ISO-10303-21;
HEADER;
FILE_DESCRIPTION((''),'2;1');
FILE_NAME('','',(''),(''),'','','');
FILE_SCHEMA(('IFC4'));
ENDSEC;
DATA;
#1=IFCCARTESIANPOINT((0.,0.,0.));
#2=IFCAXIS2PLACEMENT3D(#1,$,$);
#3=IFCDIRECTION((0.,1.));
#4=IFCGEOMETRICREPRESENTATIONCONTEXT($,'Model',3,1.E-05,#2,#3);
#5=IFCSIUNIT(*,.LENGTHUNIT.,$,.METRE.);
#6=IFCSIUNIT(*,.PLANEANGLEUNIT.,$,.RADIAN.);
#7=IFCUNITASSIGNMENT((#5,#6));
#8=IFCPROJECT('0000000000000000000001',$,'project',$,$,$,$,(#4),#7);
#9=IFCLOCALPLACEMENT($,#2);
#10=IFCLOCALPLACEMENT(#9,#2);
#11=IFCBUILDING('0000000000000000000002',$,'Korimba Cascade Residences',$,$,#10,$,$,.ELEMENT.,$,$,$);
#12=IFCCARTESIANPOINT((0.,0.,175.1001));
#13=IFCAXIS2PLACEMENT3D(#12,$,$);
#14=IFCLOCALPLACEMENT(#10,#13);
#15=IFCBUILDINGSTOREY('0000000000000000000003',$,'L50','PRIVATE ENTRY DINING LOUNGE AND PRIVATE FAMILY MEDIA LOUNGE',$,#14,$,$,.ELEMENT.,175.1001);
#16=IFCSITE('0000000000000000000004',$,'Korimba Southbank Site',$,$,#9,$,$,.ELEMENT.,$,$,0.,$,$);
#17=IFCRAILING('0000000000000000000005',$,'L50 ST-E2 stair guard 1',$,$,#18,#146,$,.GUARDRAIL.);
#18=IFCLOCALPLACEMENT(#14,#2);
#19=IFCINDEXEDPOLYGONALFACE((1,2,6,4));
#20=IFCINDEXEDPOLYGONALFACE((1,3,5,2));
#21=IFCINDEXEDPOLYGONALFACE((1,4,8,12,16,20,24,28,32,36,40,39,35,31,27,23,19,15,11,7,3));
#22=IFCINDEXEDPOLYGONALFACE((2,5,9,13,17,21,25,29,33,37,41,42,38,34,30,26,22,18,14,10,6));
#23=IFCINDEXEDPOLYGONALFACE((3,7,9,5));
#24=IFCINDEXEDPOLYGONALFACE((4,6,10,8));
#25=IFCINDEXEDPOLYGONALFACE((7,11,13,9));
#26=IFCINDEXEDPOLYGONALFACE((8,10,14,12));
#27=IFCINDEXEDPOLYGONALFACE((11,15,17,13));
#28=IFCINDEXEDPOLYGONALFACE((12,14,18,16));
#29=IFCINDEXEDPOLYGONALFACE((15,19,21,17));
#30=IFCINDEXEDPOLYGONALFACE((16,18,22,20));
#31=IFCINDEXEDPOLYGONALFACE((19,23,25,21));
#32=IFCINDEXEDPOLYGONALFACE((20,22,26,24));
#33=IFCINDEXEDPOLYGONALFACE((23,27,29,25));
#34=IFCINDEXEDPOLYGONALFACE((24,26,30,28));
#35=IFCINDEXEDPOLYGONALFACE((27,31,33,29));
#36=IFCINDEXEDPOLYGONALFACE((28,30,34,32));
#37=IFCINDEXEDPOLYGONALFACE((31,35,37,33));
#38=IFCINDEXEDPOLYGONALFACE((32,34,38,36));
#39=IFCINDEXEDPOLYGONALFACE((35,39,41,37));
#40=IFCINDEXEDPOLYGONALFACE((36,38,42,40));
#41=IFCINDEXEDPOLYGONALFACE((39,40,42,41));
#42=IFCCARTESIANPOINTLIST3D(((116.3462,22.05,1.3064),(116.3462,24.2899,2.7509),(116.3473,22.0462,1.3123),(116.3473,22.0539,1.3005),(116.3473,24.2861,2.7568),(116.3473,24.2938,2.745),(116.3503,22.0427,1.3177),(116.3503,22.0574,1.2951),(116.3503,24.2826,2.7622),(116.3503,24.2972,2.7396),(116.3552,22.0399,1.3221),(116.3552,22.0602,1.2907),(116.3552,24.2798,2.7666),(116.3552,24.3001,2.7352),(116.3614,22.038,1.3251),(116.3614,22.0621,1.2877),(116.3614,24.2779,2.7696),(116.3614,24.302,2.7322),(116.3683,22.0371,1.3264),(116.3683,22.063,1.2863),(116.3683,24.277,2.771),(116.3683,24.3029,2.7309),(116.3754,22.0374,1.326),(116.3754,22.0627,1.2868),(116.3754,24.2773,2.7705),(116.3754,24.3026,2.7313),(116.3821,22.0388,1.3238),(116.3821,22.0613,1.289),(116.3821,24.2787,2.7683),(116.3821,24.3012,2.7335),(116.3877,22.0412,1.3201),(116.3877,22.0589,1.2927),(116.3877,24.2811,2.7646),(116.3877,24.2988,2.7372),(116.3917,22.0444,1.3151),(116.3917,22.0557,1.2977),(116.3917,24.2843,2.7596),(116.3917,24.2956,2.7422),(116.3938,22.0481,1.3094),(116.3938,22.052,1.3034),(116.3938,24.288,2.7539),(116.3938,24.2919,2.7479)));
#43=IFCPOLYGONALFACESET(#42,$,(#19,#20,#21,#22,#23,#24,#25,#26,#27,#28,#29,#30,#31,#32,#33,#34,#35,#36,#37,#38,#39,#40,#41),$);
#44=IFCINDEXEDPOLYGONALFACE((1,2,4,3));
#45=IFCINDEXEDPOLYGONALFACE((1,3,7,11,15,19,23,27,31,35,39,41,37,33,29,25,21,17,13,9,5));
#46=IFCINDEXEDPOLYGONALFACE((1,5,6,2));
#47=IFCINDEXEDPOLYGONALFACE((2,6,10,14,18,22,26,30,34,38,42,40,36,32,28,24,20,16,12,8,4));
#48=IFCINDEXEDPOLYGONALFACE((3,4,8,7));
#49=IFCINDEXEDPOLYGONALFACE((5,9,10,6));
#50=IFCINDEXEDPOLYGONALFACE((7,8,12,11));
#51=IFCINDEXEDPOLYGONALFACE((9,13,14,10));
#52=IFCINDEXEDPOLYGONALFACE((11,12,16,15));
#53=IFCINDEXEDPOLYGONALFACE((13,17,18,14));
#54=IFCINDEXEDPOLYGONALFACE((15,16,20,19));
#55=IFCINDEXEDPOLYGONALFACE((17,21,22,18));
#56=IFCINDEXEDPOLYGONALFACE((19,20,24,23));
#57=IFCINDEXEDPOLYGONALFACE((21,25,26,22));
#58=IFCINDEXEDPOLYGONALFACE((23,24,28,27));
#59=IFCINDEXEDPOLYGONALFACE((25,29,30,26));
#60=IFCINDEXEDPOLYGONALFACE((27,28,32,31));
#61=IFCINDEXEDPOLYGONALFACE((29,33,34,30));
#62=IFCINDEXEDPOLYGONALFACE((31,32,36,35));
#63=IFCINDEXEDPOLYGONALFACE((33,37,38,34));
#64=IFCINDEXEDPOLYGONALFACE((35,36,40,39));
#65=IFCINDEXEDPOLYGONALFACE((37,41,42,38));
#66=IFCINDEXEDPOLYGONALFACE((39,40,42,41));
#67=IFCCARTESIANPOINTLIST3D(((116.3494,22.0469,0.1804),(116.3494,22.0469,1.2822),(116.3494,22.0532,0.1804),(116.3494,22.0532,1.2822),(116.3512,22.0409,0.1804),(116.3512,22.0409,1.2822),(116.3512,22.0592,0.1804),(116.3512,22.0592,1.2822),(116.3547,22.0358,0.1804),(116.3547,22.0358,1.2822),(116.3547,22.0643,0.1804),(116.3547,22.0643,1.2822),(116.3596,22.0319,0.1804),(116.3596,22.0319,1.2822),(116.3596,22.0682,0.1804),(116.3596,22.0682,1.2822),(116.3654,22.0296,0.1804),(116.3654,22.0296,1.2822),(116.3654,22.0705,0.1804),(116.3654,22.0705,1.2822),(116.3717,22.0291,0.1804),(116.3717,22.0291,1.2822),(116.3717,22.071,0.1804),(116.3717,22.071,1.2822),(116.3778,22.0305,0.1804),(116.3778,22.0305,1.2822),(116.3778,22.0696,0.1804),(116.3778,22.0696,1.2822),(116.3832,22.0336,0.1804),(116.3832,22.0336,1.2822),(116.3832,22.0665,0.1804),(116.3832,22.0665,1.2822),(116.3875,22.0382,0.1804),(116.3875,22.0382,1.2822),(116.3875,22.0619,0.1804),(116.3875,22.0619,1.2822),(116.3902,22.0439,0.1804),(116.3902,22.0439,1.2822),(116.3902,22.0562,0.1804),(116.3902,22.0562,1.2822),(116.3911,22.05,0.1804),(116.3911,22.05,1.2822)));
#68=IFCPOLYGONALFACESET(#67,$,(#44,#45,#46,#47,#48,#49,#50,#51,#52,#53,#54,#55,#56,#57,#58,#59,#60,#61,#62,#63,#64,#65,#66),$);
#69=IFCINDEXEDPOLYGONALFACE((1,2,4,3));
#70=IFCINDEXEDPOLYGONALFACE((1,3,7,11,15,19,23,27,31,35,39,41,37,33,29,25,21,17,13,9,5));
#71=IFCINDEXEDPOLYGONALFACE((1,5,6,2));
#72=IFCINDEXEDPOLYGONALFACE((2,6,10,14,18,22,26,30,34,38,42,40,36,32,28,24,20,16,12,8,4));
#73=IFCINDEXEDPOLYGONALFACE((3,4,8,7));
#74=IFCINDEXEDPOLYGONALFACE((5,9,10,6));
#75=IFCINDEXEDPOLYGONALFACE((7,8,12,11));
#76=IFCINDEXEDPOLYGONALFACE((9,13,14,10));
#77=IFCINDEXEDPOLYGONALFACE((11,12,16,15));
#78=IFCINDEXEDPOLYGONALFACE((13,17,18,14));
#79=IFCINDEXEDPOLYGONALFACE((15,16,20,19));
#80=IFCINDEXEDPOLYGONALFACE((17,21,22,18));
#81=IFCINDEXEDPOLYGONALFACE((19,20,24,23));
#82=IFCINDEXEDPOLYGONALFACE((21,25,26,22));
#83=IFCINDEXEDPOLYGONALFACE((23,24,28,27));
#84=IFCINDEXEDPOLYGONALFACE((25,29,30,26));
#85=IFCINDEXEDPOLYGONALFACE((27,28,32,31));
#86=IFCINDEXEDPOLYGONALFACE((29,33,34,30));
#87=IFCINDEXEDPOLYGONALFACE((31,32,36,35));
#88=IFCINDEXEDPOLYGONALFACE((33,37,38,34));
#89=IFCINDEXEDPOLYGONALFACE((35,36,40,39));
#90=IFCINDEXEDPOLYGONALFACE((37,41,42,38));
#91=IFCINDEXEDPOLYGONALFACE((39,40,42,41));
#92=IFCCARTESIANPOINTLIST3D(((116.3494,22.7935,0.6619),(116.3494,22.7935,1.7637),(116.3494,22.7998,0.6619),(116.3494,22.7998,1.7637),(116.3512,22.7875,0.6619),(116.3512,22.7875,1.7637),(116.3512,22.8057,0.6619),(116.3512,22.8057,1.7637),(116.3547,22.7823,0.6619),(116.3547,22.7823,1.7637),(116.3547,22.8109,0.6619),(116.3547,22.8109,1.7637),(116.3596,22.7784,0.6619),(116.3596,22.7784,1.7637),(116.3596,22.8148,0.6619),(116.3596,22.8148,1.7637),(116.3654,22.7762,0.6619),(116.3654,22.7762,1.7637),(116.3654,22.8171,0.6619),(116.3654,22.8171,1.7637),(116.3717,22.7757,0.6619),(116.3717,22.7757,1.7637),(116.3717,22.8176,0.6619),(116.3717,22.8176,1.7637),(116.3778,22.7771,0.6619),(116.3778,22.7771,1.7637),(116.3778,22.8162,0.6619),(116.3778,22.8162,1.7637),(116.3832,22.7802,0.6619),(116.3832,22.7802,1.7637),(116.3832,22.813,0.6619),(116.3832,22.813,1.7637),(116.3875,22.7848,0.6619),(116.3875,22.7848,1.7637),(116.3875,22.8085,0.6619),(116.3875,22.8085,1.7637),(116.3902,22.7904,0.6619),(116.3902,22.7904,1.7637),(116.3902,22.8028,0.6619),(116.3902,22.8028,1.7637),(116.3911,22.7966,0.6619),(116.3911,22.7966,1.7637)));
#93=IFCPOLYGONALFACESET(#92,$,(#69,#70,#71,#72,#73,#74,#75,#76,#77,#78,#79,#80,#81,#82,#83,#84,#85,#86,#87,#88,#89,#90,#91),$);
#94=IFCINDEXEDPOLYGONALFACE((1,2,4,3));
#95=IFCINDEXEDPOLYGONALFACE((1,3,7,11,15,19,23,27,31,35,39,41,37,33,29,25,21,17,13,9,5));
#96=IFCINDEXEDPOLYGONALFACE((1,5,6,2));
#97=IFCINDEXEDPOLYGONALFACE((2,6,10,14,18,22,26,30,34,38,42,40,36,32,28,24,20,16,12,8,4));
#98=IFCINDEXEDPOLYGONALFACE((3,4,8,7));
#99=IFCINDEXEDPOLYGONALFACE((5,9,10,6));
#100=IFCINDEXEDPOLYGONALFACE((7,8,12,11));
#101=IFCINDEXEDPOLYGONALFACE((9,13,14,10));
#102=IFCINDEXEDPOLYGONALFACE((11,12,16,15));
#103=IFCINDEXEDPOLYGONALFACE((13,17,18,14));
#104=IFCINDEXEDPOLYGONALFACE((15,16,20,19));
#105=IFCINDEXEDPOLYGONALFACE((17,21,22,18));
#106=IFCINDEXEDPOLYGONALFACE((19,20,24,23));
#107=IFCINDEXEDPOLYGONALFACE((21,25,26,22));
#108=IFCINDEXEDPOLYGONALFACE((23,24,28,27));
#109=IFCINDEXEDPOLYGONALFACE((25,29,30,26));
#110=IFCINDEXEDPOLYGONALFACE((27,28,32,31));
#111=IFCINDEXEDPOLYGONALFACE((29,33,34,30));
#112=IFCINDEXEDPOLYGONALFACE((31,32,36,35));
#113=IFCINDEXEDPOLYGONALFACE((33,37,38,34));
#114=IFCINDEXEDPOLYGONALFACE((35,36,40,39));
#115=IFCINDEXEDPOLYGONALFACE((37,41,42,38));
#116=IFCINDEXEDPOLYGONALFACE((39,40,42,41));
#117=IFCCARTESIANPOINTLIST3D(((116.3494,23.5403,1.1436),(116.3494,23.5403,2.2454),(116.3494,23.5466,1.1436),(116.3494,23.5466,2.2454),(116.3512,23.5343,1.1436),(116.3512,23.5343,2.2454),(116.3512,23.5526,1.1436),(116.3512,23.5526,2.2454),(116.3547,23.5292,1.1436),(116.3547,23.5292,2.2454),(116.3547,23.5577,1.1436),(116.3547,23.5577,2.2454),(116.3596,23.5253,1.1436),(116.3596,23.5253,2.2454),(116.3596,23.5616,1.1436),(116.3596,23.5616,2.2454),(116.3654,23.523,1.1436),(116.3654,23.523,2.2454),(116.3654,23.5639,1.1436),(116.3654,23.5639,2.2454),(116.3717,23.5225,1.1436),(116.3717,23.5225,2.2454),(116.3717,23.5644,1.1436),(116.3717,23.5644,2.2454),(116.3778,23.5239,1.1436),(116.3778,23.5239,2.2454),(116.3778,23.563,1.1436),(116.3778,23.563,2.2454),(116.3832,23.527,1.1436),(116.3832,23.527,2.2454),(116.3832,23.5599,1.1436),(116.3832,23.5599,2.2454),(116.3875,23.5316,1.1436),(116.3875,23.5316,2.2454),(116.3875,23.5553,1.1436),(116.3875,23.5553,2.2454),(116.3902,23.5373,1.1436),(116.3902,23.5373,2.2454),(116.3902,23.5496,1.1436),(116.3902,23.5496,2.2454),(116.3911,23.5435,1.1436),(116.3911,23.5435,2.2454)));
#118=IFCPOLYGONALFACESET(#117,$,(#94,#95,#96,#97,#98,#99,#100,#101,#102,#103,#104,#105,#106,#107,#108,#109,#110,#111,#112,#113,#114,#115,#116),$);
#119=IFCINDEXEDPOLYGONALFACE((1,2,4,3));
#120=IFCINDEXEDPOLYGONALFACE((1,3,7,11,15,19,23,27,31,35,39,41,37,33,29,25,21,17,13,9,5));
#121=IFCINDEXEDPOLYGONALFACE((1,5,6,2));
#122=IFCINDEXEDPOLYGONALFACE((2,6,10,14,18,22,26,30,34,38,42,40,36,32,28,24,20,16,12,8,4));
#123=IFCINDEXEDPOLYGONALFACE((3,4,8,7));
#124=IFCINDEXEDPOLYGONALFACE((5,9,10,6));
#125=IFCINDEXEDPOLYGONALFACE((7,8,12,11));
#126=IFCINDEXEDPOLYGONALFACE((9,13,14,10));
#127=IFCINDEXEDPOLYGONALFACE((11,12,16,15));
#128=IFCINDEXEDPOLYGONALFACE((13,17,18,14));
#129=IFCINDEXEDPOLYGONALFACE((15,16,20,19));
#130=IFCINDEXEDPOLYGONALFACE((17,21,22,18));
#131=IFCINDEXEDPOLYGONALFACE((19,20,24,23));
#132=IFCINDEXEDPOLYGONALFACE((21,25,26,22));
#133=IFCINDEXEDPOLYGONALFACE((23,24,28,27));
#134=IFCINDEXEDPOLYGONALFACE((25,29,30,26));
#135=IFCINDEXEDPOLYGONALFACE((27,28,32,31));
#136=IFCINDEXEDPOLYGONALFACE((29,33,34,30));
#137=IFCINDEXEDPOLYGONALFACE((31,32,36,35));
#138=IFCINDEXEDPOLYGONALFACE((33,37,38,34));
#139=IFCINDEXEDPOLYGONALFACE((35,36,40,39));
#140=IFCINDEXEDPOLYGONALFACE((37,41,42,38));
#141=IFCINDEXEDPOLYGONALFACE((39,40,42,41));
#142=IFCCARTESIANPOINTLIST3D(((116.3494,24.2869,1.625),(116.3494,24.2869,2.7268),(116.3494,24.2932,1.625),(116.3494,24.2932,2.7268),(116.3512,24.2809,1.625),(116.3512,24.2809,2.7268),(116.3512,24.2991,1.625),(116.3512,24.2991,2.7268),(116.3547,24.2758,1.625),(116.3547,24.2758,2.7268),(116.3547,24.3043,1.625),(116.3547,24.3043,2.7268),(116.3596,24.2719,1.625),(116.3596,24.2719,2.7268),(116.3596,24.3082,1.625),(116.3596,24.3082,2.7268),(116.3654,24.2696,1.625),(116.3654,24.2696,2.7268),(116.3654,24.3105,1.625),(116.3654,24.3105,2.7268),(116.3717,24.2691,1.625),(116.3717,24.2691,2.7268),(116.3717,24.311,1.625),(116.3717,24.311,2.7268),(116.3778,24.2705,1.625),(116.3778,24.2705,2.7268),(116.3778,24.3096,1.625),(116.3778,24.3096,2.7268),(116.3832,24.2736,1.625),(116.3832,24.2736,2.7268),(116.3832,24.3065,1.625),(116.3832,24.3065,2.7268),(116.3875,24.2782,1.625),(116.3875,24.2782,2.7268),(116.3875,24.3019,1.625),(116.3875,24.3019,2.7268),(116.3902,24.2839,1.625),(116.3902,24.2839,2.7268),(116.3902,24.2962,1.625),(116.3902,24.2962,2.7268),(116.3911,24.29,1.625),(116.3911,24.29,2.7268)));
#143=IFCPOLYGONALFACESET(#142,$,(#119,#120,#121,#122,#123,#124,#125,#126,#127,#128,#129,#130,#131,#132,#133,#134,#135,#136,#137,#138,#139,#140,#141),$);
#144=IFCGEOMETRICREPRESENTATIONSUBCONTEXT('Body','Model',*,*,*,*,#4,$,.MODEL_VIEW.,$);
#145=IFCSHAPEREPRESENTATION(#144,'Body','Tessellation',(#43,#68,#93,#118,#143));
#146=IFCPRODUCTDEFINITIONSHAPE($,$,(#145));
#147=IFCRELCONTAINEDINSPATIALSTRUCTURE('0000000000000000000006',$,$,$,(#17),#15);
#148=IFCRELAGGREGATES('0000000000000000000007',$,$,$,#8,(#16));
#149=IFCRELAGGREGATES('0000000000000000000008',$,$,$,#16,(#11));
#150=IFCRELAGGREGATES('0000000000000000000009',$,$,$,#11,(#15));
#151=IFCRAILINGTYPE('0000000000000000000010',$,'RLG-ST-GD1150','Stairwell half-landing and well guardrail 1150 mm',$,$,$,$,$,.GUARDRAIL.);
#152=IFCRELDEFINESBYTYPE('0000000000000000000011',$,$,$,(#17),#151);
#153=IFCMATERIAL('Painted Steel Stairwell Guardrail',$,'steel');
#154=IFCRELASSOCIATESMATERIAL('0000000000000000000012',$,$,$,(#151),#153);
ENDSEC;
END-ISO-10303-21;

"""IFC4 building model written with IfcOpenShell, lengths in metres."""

from ifc_helpers import new_model, si_unit, direction, frame, origin, origin_2d, place, context, subcontext, project, spatial, circle, extrude, material, type_object, element, save


model = new_model("IFC4")

# Units and contexts
model_context = context("Model", 3, precision=1e-05, world=origin(), true_north=direction((0.0, 1.0)))
body_context = subcontext(model_context, "Body", "Model", "MODEL_VIEW")
ifc_project = project(units=[si_unit("LENGTHUNIT", "METRE"), si_unit("PLANEANGLEUNIT", "RADIAN")], contexts=[model_context])

# Site, building, storey
site_placement = place(None, origin())
site = spatial("IfcSite", under=ifc_project, at=site_placement, Name="Korimba Southbank Site", CompositionType="ELEMENT", RefElevation=0.0)
building_placement = place(site_placement, origin())
building = spatial("IfcBuilding", under=site, at=building_placement, Name="Korimba Cascade Residences", CompositionType="ELEMENT")
storey_placement = place(building_placement, frame((0.0, 0.0, 175.1001)))
storey = spatial("IfcBuildingStorey", under=building, at=storey_placement, Name="L50", Description="PRIVATE ENTRY DINING LOUNGE AND PRIVATE FAMILY MEDIA LOUNGE", CompositionType="ELEMENT", Elevation=175.1001)

# Railing
ifc_material_1 = material(Name="Painted Steel Stairwell Guardrail", Category="steel")
railing_type_1 = type_object("IfcRailingType", Name="RLG-ST-GD1150", Description="Stairwell half-landing and well guardrail 1150 mm", PredefinedType="GUARDRAIL", material=ifc_material_1)
railing_1_placement = place(storey_placement, frame((116.3701, 22.05, 0.1804)))
element("IfcRailing", 1, at=railing_1_placement, inside=storey, type_object=railing_type_1, Name="L50 ST-E2 stair guard 1", PredefinedType="GUARDRAIL", context=body_context, shape_type="SweptSolid", body=[
    extrude(circle(Radius=0.0239, at=origin_2d()), frame((0.0, 0.0, 1.126), z_axis=(0.0, 0.840395, 0.541975), x_axis=(-1.0, 0.0, 0.0)), (0.0, 0.0, 1.0), 2.6653),
    extrude(circle(Radius=0.021, at=origin_2d()), origin(), (0.0, 0.0, 1.0), 1.1018),
    extrude(circle(Radius=0.021, at=origin_2d()), frame((0.0, 0.7466, 0.4814)), (0.0, 0.0, 1.0), 1.1018),
    extrude(circle(Radius=0.021, at=origin_2d()), frame((0.0, 1.4934, 0.9631)), (0.0, 0.0, 1.0), 1.1018),
    extrude(circle(Radius=0.021, at=origin_2d()), frame((0.0, 2.24, 1.4446)), (0.0, 0.0, 1.0), 1.1018),
])

save(model, "model.ifc")
